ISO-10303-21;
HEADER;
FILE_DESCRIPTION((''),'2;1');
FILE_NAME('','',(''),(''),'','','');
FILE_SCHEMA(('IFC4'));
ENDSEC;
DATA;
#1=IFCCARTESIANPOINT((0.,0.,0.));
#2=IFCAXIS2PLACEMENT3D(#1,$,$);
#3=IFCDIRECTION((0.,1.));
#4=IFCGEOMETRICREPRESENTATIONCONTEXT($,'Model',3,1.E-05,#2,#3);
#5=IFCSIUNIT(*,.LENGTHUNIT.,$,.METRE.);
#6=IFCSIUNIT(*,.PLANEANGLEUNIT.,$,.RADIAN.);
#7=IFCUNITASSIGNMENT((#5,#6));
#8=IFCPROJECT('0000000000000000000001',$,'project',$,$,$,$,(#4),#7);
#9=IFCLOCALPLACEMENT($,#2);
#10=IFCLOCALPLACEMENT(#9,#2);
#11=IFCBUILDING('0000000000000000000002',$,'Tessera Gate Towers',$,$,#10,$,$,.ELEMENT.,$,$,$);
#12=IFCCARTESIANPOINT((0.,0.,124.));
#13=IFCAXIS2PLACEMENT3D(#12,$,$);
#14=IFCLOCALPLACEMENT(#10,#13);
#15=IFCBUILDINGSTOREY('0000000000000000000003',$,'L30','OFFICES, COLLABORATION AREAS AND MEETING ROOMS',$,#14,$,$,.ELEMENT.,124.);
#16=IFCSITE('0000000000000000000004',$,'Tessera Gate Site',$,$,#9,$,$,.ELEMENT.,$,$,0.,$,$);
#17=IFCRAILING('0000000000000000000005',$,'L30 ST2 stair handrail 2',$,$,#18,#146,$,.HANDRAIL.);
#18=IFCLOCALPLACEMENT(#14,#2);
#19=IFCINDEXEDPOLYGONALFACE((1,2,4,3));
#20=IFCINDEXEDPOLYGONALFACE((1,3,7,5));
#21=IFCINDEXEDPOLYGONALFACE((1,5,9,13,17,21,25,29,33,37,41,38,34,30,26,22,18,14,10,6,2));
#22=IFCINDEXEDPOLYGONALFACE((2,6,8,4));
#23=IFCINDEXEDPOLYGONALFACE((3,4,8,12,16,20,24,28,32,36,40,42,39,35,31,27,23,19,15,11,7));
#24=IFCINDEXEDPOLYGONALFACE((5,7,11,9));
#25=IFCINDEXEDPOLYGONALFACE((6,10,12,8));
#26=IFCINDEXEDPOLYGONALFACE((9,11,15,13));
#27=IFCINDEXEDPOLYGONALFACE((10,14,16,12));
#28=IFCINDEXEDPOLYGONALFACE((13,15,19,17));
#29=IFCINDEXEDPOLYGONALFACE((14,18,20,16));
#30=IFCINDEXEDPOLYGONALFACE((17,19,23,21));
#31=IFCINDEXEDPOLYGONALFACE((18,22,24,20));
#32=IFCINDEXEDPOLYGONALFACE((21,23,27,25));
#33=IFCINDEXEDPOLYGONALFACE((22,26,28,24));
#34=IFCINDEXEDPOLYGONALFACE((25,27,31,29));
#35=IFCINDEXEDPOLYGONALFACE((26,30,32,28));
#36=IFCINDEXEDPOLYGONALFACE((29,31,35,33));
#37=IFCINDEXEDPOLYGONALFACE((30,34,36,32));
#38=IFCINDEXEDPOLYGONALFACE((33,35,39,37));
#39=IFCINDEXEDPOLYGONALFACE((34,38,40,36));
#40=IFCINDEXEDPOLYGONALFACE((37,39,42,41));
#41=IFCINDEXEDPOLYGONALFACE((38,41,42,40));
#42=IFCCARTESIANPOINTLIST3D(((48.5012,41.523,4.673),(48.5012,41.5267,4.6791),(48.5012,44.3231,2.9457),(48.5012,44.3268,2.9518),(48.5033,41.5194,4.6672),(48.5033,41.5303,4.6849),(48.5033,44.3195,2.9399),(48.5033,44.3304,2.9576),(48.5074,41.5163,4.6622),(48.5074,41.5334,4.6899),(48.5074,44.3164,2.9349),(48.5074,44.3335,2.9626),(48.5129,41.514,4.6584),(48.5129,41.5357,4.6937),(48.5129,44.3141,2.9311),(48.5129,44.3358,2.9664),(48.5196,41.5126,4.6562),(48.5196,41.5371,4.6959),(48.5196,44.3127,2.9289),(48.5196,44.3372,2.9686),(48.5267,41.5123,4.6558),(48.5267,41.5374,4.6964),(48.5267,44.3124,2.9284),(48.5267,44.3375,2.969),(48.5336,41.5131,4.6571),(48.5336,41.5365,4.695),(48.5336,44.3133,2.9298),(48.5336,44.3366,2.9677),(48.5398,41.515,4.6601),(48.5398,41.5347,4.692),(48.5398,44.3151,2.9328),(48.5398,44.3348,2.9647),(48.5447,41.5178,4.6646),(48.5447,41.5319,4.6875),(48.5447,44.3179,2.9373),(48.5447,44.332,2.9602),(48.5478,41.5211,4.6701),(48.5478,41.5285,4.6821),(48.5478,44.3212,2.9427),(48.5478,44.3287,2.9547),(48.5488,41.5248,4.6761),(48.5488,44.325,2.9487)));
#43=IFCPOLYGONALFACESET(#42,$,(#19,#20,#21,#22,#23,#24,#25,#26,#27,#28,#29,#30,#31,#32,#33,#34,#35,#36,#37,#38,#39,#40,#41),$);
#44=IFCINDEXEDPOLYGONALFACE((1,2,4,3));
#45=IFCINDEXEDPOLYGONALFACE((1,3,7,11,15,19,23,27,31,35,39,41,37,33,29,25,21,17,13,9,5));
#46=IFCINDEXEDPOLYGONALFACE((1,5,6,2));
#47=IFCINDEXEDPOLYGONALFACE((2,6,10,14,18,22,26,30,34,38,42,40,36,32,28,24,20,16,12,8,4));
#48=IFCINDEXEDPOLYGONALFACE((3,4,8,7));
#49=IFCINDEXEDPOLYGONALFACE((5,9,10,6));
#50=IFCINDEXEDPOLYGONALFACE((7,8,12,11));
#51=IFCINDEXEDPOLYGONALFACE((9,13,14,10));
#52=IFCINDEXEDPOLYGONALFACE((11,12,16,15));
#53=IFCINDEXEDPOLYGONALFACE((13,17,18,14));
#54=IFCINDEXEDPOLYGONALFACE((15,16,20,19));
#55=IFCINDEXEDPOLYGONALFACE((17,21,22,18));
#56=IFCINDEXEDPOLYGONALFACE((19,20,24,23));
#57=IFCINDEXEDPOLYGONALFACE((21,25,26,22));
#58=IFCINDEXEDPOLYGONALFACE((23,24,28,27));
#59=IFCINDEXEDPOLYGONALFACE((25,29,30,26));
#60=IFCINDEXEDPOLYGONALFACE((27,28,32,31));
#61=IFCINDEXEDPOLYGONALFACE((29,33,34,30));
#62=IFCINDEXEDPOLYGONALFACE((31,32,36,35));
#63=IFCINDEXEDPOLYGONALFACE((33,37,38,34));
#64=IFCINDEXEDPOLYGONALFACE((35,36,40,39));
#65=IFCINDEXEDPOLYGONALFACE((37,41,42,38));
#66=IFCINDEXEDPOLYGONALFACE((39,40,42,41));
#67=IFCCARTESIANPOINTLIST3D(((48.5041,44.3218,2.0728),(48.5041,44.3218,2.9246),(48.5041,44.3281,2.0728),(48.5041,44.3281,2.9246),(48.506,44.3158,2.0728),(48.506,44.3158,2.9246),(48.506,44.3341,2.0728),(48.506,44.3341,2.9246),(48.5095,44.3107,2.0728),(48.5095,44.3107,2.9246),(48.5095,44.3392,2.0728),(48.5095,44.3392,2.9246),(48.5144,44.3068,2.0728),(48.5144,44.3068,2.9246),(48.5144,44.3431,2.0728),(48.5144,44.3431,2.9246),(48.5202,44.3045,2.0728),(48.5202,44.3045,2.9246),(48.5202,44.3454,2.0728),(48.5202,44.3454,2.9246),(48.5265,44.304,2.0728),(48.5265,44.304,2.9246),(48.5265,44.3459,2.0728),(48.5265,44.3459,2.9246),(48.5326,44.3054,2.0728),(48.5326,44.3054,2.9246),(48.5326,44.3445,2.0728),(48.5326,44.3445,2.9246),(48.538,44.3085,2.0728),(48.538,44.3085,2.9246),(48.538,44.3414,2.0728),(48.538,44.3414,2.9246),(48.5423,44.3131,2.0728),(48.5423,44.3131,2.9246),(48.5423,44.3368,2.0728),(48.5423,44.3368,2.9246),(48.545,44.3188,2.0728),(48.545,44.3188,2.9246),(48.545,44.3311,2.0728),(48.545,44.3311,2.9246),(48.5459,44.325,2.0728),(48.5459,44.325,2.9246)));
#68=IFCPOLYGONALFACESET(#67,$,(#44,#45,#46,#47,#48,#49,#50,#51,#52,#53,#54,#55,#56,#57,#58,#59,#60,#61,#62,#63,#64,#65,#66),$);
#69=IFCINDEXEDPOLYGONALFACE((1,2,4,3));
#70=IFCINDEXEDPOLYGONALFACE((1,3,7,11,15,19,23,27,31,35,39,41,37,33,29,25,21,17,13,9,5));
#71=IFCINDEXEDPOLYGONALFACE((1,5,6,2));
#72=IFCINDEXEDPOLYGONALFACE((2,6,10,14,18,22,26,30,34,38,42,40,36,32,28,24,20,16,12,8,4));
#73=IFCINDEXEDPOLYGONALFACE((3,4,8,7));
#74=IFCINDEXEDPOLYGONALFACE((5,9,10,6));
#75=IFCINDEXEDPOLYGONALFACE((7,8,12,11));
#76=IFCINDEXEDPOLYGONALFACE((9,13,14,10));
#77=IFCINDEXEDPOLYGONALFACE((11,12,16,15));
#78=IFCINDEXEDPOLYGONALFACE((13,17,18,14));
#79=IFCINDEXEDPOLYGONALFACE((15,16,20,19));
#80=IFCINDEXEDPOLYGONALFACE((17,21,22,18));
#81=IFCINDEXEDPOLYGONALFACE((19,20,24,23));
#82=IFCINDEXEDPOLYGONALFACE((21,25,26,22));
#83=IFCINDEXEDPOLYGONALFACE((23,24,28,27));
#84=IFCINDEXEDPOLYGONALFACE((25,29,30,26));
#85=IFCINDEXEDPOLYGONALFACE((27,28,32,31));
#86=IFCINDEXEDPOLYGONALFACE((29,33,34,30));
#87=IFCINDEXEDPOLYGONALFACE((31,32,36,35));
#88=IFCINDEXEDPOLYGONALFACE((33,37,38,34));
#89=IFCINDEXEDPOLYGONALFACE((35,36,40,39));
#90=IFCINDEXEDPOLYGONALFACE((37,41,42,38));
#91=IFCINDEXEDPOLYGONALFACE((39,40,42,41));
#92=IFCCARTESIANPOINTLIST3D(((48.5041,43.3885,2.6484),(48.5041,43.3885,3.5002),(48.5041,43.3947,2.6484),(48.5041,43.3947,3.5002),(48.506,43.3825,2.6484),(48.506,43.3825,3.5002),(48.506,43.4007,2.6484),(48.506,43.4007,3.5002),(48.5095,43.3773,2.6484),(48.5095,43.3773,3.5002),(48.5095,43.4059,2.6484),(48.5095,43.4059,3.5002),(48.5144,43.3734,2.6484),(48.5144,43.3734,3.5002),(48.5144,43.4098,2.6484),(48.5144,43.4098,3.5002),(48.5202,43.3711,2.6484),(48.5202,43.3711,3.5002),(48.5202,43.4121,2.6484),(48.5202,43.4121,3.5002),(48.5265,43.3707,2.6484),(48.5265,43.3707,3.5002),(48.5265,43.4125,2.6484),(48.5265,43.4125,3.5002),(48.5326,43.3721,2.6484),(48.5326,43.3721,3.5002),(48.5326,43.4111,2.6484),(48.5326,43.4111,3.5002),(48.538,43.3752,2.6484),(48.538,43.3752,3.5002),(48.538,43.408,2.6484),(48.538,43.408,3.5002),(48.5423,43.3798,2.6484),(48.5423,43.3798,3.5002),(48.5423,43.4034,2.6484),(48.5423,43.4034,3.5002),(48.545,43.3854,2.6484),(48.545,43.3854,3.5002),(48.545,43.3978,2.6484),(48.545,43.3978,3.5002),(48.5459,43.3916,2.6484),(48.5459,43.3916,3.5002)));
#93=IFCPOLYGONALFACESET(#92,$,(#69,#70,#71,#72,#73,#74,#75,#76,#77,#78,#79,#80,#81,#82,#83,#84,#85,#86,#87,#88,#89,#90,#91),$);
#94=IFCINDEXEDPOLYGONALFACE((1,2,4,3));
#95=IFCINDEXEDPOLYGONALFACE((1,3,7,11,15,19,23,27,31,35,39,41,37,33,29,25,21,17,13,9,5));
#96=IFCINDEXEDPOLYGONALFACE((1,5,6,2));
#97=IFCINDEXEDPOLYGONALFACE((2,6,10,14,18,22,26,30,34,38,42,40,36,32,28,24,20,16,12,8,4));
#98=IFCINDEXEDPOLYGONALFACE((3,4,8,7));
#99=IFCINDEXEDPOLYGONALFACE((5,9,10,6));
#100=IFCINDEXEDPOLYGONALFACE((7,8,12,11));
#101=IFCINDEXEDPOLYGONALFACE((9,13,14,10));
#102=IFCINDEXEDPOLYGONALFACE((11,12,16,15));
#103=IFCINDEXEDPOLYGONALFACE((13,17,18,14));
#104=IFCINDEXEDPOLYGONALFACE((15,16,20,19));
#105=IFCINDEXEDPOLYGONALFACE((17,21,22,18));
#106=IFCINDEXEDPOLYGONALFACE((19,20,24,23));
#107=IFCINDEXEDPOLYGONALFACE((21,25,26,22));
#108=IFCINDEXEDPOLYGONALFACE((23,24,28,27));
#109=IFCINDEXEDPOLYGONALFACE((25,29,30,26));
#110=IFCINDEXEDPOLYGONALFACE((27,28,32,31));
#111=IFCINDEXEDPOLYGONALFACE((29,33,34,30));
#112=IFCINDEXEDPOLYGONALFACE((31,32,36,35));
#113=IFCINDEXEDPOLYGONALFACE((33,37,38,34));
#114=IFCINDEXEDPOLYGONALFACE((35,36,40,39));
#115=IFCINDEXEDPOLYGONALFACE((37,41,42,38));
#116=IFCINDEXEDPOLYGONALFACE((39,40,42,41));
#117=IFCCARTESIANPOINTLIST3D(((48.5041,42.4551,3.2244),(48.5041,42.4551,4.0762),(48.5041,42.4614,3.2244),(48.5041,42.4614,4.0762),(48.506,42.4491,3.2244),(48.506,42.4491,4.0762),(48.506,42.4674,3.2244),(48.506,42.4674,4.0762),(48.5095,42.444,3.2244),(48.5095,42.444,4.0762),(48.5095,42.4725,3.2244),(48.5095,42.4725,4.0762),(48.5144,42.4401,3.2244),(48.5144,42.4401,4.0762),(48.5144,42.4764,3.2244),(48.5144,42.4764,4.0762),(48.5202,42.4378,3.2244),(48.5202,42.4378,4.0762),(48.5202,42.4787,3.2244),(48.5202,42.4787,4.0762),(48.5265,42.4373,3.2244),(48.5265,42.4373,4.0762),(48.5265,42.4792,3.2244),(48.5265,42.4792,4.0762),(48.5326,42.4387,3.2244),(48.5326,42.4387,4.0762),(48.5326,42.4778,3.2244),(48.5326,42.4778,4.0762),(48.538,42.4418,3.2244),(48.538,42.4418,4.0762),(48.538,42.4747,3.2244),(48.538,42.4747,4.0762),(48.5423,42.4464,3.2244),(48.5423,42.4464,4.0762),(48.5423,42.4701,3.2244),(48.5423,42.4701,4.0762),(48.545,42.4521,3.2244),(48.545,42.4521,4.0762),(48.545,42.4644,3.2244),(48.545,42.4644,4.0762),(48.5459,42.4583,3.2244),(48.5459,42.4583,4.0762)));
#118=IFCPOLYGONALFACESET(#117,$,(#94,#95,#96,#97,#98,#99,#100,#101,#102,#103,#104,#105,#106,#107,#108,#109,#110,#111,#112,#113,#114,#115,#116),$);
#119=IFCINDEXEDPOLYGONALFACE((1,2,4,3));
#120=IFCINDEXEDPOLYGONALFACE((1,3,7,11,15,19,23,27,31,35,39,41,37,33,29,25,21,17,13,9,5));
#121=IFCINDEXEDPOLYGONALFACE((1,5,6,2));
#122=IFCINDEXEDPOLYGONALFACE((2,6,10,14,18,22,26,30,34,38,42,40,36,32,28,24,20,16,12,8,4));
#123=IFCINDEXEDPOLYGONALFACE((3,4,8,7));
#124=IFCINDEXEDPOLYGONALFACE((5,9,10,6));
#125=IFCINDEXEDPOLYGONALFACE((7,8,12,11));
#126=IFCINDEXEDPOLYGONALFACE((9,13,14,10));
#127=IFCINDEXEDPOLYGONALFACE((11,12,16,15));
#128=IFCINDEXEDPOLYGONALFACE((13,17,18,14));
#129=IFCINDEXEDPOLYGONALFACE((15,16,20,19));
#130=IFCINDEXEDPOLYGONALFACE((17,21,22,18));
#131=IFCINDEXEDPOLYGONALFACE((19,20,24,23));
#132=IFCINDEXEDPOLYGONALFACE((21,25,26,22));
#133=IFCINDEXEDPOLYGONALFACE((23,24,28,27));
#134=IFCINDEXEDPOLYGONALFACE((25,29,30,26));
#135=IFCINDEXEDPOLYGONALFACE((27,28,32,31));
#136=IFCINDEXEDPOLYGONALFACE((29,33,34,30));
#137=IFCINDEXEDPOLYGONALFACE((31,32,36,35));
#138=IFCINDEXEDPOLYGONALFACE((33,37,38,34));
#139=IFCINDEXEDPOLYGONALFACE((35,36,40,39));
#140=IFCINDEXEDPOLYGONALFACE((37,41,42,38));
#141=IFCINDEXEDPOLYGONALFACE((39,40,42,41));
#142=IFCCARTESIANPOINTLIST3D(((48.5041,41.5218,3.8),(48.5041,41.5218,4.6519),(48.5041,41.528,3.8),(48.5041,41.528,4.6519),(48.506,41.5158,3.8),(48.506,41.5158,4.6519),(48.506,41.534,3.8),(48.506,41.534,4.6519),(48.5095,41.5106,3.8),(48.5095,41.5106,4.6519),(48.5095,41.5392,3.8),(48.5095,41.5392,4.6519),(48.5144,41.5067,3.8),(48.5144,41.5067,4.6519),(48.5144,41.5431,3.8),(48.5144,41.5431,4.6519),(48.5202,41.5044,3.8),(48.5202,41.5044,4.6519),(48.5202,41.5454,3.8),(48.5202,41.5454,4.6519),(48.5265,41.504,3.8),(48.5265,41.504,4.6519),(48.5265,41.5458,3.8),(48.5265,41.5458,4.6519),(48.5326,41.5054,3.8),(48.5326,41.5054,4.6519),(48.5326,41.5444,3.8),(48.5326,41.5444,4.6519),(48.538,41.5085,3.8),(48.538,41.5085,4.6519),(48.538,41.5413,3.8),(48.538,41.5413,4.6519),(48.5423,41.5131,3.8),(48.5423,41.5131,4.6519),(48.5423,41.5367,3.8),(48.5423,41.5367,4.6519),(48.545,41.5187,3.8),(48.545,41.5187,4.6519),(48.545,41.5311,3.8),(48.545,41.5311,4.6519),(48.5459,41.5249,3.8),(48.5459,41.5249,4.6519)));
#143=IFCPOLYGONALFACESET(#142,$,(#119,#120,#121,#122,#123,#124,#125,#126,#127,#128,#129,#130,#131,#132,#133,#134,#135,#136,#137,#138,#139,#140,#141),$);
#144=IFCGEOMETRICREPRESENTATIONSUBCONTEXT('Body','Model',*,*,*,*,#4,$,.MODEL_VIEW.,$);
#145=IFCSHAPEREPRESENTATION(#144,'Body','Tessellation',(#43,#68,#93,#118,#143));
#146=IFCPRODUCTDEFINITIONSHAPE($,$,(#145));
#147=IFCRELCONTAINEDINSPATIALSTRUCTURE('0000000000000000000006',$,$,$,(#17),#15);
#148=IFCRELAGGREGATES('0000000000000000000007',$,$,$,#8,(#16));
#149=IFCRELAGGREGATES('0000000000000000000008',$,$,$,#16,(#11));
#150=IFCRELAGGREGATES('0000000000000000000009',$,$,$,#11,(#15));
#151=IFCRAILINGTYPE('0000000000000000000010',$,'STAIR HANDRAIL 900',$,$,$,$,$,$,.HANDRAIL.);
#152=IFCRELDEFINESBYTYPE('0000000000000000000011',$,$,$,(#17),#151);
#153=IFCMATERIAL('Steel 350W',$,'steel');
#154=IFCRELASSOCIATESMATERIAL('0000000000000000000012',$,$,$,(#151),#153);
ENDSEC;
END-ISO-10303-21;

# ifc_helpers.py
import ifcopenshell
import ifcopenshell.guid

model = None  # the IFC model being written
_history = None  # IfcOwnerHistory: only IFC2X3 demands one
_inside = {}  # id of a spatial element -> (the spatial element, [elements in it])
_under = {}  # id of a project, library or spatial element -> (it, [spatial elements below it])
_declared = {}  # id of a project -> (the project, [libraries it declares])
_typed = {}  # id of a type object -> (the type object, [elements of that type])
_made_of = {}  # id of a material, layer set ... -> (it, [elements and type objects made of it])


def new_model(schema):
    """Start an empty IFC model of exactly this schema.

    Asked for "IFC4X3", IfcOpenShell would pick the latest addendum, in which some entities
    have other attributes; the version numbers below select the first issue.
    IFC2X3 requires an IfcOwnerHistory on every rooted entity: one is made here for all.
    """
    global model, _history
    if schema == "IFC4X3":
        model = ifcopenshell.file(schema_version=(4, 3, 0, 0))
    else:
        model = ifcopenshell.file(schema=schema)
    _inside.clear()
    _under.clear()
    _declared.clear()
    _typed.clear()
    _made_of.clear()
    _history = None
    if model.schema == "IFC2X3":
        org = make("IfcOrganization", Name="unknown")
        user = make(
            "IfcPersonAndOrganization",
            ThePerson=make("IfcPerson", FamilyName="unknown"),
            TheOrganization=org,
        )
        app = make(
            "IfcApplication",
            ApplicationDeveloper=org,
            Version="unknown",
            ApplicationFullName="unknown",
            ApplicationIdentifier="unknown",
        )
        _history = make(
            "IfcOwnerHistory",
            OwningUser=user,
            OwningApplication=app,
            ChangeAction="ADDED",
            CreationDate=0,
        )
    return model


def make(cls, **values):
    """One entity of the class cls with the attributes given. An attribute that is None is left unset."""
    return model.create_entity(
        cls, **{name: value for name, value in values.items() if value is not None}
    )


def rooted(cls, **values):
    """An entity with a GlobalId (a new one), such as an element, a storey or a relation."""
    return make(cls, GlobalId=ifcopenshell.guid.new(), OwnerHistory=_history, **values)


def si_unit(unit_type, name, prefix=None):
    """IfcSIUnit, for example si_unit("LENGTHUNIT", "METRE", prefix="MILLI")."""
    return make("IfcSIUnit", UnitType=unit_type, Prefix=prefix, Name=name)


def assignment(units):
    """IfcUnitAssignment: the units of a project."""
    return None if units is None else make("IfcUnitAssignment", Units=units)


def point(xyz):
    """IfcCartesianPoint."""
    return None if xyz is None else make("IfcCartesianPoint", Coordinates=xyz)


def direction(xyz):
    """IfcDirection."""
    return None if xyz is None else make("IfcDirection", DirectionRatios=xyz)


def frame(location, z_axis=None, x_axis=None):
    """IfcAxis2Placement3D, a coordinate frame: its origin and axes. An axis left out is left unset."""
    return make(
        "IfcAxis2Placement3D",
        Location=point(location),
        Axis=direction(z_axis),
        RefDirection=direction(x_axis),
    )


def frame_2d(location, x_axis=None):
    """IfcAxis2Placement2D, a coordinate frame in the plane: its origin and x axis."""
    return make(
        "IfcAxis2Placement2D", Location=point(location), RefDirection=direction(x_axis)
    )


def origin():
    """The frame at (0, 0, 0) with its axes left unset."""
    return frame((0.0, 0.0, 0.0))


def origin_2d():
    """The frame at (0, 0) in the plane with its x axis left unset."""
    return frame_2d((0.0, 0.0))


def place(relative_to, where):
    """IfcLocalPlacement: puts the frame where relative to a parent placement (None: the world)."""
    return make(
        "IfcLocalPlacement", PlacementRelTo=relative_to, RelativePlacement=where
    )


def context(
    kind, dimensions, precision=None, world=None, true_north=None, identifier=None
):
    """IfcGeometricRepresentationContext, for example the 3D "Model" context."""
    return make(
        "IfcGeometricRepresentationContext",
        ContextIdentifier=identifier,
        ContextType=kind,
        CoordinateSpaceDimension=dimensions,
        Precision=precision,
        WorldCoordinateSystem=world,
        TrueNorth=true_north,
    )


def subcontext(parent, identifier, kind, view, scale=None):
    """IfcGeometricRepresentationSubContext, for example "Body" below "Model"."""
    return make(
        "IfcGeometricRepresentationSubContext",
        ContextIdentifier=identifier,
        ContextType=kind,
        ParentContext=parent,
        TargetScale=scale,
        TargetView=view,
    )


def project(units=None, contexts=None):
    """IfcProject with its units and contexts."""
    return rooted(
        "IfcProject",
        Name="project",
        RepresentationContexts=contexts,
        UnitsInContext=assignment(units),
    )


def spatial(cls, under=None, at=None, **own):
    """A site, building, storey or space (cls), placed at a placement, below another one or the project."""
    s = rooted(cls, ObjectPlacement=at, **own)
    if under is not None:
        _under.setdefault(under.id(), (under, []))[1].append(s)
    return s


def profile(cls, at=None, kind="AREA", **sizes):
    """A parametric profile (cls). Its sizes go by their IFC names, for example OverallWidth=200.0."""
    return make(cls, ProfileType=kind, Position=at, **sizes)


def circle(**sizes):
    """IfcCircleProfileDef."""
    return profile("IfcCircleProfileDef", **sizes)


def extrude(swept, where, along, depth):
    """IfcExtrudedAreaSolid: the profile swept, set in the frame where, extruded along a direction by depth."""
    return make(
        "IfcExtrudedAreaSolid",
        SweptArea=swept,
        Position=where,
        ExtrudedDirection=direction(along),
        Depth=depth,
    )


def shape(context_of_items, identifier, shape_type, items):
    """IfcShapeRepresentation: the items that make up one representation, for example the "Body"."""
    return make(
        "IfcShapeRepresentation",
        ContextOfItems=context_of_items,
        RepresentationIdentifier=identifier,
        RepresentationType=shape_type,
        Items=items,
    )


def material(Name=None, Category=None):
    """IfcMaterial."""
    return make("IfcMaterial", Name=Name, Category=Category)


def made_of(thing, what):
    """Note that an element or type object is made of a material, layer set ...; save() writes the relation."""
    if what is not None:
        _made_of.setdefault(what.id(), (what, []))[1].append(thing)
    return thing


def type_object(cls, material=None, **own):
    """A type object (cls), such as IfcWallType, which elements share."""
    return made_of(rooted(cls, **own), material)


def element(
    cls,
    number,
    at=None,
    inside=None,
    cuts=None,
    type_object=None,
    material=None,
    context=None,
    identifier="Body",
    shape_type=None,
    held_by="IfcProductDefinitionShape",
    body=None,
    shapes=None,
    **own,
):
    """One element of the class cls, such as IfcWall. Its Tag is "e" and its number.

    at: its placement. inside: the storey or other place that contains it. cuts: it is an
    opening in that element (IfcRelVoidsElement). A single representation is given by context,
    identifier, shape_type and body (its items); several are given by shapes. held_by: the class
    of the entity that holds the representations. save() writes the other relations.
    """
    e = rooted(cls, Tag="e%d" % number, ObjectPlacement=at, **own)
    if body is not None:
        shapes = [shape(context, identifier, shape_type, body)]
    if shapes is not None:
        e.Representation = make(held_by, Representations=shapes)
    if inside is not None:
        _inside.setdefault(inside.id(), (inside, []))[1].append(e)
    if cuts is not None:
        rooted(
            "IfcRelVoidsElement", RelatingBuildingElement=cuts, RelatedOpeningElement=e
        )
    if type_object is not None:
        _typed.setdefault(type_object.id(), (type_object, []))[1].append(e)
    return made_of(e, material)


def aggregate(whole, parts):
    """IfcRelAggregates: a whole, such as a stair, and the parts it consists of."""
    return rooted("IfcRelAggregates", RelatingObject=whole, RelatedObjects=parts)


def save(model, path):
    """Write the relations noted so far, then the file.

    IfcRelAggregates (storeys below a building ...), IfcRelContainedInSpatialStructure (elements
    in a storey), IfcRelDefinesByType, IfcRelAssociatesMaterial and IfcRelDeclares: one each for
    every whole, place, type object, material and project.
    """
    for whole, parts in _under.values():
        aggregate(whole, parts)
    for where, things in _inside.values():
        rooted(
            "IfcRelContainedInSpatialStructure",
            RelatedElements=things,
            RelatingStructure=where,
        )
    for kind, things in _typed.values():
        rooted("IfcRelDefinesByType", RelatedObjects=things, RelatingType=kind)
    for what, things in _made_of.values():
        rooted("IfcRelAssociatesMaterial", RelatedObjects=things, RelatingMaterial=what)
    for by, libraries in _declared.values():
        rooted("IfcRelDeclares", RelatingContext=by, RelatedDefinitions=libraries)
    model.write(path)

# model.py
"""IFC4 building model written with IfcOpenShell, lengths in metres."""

from ifc_helpers import new_model, si_unit, direction, frame, origin, origin_2d, place, context, subcontext, project, spatial, circle, extrude, material, type_object, element, save


model = new_model("IFC4")

# Units and contexts
model_context = context("Model", 3, precision=1e-05, world=origin(), true_north=direction((0.0, 1.0)))
body_context = subcontext(model_context, "Body", "Model", "MODEL_VIEW")
ifc_project = project(units=[si_unit("LENGTHUNIT", "METRE"), si_unit("PLANEANGLEUNIT", "RADIAN")], contexts=[model_context])

# Site, building, storey
site_placement = place(None, origin())
site = spatial("IfcSite", under=ifc_project, at=site_placement, Name="Tessera Gate Site", CompositionType="ELEMENT", RefElevation=0.0)
building_placement = place(site_placement, origin())
building = spatial("IfcBuilding", under=site, at=building_placement, Name="Tessera Gate Towers", CompositionType="ELEMENT")
storey_placement = place(building_placement, frame((0.0, 0.0, 124.0)))
storey = spatial("IfcBuildingStorey", under=building, at=storey_placement, Name="L30", Description="OFFICES, COLLABORATION AREAS AND MEETING ROOMS", CompositionType="ELEMENT", Elevation=124.0)

# Railing
ifc_material_1 = material(Name="Steel 350W", Category="steel")
railing_type_1 = type_object("IfcRailingType", Name="STAIR HANDRAIL 900", PredefinedType="HANDRAIL", material=ifc_material_1)
railing_1_placement = place(storey_placement, frame((48.5249, 44.325, 2.0728)))
element("IfcRailing", 1, at=railing_1_placement, inside=storey, type_object=railing_type_1, Name="L30 ST2 stair handrail 2", PredefinedType="HANDRAIL", context=body_context, shape_type="SweptSolid", body=[
    extrude(circle(Radius=0.0239, at=origin_2d()), frame((0.0, 0.0, 0.876), z_axis=(0.0, -0.85109, 0.52502), x_axis=(1.0, 0.0, 0.0)), (0.0, 0.0, 1.0), 3.29),
    extrude(circle(Radius=0.021, at=origin_2d()), origin(), (0.0, 0.0, 1.0), 0.8518),
    extrude(circle(Radius=0.021, at=origin_2d()), frame((0.0, -0.9333, 0.5757)), (0.0, 0.0, 1.0), 0.8518),
    extrude(circle(Radius=0.021, at=origin_2d()), frame((0.0, -1.8667, 1.1516)), (0.0, 0.0, 1.0), 0.8518),
    extrude(circle(Radius=0.021, at=origin_2d()), frame((0.0, -2.8, 1.7273)), (0.0, 0.0, 1.0), 0.8518),
])

save(model, "model.ifc")
